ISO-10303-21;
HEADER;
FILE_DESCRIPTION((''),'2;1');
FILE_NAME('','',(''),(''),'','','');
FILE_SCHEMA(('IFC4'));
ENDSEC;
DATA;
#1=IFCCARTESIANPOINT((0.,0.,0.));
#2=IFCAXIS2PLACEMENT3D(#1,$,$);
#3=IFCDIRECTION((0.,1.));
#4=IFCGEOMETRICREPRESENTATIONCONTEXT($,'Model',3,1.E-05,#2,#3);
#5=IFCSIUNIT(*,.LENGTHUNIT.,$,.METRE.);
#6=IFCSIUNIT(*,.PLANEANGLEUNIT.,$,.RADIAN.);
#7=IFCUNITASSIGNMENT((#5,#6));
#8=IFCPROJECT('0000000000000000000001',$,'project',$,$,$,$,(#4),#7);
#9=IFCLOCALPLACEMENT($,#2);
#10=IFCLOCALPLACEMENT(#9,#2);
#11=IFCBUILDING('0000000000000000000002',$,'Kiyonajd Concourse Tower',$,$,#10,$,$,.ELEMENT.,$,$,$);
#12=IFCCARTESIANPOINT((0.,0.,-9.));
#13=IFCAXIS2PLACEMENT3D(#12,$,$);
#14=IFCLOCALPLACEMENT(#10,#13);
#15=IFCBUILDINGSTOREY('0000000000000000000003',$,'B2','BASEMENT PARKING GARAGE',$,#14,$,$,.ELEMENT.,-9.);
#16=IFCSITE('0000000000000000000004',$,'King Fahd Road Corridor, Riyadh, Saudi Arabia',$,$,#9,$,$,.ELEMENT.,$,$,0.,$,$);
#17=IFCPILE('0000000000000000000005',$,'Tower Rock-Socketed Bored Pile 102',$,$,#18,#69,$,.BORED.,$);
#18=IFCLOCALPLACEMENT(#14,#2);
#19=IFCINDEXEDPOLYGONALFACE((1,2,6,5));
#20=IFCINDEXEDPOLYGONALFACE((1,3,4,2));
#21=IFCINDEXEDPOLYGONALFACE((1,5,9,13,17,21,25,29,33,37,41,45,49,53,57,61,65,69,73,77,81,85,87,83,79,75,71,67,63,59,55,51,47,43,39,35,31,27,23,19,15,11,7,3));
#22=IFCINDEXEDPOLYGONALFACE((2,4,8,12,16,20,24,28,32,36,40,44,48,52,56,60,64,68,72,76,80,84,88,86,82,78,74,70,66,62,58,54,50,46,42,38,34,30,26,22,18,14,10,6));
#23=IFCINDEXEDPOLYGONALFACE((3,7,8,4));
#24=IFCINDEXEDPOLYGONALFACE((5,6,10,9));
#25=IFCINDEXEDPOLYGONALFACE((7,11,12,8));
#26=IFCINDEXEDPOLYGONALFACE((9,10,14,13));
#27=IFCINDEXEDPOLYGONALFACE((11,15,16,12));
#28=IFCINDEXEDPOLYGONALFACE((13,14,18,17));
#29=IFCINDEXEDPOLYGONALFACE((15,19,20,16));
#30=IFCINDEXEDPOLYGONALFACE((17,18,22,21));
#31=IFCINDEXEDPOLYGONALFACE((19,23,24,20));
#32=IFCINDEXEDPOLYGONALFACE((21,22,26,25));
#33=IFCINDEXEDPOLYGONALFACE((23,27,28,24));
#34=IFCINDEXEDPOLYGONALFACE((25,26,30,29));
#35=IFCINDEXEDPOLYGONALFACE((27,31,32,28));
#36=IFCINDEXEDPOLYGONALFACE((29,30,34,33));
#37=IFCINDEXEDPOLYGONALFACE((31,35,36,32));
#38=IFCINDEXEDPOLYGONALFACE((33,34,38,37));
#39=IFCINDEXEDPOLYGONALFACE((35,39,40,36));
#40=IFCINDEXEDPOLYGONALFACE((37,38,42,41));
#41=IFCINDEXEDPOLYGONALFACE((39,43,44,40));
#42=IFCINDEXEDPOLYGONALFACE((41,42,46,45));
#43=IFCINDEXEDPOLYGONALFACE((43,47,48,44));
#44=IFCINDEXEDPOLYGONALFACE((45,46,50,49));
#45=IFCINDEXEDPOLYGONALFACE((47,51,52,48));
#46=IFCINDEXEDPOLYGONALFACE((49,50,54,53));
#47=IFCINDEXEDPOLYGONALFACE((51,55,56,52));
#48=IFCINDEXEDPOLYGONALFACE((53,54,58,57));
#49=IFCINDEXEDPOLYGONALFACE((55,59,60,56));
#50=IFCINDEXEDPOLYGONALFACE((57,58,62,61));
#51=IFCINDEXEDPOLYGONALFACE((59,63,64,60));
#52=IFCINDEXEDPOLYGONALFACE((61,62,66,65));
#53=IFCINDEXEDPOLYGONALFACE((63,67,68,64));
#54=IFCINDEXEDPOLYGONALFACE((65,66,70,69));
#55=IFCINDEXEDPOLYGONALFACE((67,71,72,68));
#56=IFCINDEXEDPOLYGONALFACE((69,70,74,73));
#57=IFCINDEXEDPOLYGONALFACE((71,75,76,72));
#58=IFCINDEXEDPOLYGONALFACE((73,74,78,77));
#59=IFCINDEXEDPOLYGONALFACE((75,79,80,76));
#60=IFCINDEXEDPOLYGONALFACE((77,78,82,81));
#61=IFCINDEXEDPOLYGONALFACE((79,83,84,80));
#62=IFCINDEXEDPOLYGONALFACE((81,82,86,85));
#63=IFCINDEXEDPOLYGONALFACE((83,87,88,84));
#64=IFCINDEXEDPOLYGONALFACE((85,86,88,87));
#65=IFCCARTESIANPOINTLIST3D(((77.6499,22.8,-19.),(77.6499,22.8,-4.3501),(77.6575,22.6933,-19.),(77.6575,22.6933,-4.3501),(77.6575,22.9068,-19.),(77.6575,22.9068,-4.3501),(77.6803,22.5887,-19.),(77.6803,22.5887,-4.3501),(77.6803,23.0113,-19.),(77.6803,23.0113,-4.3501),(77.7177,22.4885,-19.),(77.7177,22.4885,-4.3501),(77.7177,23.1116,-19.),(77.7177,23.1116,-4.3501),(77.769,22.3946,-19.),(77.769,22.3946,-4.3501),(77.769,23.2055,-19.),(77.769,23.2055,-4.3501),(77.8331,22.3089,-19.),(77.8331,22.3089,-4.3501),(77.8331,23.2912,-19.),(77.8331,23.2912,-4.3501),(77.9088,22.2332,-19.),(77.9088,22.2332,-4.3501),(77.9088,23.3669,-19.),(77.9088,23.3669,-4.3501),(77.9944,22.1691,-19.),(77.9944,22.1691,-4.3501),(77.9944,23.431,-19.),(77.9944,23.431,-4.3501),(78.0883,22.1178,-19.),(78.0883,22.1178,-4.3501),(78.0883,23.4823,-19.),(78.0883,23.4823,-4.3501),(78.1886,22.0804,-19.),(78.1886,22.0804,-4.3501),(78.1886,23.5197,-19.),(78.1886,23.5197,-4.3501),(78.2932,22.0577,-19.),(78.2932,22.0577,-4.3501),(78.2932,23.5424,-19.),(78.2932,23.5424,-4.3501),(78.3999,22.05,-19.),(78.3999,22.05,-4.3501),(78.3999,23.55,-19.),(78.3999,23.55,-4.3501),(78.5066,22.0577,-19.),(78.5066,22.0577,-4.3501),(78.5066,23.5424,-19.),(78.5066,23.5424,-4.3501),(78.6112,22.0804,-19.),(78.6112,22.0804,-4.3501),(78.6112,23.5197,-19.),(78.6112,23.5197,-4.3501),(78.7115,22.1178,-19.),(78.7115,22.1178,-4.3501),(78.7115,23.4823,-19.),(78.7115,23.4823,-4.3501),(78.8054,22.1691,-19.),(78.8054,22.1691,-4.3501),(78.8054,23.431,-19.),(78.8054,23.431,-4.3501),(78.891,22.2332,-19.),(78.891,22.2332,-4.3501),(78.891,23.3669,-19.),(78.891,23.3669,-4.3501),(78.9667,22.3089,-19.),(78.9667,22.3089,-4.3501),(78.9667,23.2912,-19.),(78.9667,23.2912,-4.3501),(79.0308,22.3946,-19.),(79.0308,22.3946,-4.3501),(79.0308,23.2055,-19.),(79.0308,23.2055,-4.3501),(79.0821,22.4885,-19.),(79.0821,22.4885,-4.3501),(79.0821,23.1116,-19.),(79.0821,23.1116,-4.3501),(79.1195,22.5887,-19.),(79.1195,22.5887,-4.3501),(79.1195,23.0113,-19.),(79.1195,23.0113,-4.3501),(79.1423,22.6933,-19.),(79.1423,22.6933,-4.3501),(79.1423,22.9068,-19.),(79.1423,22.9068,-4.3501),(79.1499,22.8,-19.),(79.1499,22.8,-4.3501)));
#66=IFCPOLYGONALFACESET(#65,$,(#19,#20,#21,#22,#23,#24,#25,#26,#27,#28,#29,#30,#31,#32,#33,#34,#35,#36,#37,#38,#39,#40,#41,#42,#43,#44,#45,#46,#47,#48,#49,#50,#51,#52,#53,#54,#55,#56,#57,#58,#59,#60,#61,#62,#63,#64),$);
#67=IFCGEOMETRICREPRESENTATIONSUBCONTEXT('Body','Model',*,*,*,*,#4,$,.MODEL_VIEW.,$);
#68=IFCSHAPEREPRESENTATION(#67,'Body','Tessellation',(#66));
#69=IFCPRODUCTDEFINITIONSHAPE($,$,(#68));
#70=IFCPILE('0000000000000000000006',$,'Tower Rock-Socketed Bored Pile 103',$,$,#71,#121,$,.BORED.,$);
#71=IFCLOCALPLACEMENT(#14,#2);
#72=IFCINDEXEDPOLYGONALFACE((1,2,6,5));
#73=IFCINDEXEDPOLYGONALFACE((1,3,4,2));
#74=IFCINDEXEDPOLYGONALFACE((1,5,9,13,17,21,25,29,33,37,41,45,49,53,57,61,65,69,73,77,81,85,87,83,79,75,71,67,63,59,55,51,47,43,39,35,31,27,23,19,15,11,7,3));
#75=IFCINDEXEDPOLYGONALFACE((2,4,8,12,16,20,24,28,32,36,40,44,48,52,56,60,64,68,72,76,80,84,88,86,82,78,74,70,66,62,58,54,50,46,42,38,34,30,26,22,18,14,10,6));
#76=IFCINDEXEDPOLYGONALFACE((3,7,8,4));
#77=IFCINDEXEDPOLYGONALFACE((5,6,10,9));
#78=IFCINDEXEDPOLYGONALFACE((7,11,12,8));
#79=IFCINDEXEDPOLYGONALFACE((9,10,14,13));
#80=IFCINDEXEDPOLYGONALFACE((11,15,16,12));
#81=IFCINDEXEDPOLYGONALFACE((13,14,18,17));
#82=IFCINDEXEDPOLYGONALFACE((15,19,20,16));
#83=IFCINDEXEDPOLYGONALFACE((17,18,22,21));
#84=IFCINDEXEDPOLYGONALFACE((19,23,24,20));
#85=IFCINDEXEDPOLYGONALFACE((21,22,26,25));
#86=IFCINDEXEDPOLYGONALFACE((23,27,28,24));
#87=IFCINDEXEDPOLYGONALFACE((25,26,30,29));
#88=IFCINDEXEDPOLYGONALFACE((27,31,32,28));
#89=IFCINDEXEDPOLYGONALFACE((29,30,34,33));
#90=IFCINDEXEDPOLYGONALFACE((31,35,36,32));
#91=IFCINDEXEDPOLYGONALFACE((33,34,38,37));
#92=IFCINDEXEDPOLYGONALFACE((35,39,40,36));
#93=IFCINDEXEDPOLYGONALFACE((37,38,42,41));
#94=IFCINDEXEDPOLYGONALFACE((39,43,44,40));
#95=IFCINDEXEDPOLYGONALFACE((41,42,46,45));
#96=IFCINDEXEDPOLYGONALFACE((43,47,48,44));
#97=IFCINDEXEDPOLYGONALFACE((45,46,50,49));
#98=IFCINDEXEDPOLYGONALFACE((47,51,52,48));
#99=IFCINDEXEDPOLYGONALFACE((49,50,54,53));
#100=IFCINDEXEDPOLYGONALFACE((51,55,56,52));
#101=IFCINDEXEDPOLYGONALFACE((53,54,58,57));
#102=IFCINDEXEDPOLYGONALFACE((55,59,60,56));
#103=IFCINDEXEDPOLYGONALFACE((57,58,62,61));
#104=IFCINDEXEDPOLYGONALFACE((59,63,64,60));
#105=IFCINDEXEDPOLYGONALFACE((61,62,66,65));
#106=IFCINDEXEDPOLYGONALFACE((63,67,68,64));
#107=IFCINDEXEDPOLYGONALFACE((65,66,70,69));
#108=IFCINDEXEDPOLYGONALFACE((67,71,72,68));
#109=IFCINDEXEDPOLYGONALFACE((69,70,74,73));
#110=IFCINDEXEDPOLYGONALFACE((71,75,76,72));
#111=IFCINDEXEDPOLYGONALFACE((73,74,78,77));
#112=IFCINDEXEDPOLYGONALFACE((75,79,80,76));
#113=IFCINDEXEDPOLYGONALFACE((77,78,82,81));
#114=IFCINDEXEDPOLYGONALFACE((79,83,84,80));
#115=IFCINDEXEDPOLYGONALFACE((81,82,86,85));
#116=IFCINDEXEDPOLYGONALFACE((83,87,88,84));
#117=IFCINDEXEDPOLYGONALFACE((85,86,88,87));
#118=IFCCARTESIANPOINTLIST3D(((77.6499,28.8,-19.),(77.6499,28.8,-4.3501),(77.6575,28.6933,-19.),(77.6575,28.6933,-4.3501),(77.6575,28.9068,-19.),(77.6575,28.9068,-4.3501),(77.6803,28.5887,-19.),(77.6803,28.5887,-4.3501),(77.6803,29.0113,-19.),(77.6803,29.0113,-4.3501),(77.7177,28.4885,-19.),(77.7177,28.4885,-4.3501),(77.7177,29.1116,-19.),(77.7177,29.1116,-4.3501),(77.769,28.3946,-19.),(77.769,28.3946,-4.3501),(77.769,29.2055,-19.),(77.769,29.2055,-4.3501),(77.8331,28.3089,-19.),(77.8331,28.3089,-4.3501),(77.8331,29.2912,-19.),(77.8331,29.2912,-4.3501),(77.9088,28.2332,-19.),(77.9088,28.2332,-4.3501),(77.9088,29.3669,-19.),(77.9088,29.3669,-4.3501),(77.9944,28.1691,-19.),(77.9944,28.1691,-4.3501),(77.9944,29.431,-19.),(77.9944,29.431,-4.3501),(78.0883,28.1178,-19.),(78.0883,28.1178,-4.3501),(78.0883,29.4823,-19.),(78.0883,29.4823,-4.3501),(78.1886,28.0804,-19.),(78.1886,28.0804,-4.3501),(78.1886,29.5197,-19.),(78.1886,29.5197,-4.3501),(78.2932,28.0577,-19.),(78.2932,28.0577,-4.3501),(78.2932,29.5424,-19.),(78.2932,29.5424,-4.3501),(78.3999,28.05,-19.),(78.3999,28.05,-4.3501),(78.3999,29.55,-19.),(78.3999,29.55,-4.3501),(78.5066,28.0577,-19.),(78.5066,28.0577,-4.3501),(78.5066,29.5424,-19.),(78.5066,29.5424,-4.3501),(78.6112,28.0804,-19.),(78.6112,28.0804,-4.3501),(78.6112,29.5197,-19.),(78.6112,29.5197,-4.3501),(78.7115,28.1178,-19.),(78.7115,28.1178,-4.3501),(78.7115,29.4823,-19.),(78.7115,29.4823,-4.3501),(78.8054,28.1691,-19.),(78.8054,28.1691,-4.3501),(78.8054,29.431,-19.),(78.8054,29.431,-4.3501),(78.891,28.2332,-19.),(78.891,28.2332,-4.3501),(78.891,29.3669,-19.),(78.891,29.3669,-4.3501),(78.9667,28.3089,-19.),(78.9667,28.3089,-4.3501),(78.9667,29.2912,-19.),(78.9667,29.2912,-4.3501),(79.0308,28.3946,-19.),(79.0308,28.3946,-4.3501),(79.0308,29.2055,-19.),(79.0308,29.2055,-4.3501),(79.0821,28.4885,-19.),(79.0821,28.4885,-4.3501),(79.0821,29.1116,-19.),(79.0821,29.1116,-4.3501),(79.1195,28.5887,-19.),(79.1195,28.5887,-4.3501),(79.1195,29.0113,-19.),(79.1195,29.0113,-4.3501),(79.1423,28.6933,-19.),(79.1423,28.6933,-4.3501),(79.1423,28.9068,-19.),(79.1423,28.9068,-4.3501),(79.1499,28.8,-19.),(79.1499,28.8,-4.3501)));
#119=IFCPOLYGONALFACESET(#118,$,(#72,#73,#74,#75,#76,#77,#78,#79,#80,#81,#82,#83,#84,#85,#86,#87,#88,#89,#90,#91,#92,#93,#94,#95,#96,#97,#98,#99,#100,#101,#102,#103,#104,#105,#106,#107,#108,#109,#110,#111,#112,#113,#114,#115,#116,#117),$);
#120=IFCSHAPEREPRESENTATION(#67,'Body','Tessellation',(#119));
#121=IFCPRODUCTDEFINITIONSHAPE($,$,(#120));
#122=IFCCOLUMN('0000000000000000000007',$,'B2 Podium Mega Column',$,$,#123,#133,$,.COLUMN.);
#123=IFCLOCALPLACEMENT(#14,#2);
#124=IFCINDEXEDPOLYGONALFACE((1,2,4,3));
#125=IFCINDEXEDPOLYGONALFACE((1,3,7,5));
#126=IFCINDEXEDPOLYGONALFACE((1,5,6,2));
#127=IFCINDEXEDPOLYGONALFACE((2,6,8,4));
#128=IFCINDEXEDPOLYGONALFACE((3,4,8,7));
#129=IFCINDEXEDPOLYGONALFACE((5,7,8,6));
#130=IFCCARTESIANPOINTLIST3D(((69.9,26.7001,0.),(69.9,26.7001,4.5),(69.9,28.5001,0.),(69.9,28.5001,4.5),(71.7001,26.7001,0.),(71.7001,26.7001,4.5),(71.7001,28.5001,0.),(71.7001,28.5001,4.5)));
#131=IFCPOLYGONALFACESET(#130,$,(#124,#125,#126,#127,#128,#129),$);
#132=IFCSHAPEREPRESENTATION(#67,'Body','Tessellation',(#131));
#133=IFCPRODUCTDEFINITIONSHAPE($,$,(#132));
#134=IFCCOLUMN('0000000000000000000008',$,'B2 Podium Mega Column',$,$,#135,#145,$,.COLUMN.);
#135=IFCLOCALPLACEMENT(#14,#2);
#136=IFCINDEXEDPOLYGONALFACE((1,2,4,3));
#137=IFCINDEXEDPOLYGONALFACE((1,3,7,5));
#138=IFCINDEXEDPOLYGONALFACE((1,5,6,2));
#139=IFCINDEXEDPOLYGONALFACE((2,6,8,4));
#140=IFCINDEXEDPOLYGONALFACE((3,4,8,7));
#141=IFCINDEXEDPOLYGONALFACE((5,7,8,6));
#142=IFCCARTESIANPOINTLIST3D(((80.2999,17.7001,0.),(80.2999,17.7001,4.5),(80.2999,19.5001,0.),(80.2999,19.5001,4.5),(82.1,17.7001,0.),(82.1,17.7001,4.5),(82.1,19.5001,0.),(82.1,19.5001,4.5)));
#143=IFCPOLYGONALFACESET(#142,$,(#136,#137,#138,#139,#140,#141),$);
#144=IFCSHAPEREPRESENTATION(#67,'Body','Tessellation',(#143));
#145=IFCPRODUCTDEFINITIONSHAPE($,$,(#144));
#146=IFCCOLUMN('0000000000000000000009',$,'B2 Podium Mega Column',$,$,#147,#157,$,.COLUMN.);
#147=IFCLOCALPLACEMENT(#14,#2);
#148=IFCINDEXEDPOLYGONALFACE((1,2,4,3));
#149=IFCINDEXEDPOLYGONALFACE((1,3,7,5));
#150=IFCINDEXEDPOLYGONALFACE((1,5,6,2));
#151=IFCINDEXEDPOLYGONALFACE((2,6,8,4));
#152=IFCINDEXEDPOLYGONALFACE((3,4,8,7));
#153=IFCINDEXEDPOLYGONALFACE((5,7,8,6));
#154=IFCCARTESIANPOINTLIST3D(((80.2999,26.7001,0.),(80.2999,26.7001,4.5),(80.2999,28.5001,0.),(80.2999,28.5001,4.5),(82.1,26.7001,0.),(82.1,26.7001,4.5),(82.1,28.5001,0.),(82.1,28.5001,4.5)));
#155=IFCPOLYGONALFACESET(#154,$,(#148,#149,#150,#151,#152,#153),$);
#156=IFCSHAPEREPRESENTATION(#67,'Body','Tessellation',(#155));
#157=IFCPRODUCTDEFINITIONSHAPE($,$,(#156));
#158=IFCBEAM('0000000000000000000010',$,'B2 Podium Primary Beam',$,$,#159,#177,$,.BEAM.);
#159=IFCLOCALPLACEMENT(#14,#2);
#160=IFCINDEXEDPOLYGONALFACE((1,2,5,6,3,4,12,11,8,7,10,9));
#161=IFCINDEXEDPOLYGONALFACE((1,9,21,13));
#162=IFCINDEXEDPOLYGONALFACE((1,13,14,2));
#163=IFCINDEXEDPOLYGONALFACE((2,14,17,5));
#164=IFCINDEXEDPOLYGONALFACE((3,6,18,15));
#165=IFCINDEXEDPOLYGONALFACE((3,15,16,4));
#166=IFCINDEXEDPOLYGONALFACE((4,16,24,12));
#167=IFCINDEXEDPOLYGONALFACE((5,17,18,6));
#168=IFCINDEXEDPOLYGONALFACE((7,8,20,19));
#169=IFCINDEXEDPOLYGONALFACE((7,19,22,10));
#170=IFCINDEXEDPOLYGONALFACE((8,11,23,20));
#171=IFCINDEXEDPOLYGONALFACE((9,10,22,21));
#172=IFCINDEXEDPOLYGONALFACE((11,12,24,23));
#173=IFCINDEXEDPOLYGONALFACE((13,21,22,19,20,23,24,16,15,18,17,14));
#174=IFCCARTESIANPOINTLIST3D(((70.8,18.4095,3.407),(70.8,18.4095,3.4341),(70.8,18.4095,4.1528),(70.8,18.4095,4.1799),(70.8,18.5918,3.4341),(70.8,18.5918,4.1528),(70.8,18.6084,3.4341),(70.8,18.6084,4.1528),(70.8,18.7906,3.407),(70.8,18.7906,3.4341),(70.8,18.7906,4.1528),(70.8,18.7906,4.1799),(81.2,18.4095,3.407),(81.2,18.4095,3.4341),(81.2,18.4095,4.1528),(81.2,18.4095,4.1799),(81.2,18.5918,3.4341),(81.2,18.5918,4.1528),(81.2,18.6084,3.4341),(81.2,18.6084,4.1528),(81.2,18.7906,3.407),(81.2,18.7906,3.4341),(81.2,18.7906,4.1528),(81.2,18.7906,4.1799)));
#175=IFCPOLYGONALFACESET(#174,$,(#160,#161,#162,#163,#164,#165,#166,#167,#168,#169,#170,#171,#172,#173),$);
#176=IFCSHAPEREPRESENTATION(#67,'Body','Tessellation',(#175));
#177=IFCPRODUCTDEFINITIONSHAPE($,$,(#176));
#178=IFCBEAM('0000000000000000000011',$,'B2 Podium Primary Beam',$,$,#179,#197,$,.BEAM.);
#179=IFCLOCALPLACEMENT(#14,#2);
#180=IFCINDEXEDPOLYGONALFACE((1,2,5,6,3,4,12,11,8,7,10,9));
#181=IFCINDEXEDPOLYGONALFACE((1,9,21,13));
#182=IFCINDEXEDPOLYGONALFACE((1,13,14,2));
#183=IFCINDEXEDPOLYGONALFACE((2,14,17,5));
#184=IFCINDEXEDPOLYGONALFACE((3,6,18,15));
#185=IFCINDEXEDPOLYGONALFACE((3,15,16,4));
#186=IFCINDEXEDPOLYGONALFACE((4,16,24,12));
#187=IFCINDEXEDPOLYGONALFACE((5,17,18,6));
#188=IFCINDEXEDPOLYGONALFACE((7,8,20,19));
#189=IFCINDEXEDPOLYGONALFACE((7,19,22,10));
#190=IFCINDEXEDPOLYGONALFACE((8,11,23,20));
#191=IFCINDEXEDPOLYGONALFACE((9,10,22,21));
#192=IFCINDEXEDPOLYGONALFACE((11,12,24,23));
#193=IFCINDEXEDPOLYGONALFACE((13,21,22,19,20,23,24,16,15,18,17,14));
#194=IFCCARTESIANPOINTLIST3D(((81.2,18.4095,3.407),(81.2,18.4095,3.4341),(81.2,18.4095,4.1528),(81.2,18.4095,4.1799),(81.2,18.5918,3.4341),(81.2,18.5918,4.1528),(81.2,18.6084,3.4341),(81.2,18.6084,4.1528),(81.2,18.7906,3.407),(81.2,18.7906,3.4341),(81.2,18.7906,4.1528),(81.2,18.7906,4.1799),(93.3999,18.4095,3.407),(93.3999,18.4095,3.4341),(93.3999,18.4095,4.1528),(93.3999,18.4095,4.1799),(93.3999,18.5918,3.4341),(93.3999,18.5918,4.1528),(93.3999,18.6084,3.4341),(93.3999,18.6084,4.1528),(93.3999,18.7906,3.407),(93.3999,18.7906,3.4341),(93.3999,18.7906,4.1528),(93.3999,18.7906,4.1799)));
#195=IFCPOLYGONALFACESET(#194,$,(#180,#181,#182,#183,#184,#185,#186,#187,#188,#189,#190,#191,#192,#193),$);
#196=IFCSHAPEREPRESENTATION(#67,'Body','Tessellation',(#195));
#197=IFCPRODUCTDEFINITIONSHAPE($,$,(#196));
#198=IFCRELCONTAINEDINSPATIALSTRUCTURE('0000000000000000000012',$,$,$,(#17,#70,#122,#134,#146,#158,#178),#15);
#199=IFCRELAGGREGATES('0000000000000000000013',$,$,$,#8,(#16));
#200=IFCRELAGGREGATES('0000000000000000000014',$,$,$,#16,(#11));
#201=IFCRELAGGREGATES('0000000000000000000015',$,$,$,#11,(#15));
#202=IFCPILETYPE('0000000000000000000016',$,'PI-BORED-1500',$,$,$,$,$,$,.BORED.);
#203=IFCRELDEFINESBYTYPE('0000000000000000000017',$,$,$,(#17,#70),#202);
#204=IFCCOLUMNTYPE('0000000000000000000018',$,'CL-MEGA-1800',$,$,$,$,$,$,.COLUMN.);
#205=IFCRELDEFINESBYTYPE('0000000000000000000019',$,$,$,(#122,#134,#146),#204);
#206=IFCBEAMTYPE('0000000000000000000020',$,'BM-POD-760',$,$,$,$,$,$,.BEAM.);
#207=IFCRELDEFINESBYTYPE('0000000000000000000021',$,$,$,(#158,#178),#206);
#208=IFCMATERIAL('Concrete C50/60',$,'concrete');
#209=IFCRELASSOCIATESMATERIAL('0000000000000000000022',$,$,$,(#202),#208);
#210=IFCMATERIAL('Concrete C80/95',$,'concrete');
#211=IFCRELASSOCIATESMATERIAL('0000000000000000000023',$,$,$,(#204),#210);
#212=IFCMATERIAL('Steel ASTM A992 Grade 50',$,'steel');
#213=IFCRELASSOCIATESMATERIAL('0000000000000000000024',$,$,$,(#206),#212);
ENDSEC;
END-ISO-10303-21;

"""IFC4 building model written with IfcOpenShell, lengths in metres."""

from ifc_helpers import new_model, si_unit, direction, frame, origin, origin_2d, place, context, subcontext, project, spatial, rectangle, circle, i_section, extrude, material, material_profile, profile_set, type_object, element, save


model = new_model("IFC4")

# Units and contexts
model_context = context("Model", 3, precision=1e-05, world=origin(), true_north=direction((0.0, 1.0)))
body_context = subcontext(model_context, "Body", "Model", "MODEL_VIEW")
ifc_project = project(units=[si_unit("LENGTHUNIT", "METRE"), si_unit("PLANEANGLEUNIT", "RADIAN")], contexts=[model_context])

# Site, building, storey
site_placement = place(None, origin())
site = spatial("IfcSite", under=ifc_project, at=site_placement, Name="King Fahd Road Corridor, Riyadh, Saudi Arabia", CompositionType="ELEMENT", RefElevation=0.0)
building_placement = place(site_placement, origin())
building = spatial("IfcBuilding", under=site, at=building_placement, Name="Kiyonajd Concourse Tower", CompositionType="ELEMENT")
storey_placement = place(building_placement, frame((0.0, 0.0, -9.0)))
storey = spatial("IfcBuildingStorey", under=building, at=storey_placement, Name="B2", Description="BASEMENT PARKING GARAGE", CompositionType="ELEMENT", Elevation=-9.0)

# Piles
ifc_material_1 = material(Name="Concrete C50/60", Category="concrete")
ifc_material_profile_1 = material_profile(ifc_material_1, circle(Radius=0.75, at=origin_2d()), Name="PILE-D1500")
ifc_profile_set_1 = profile_set([ifc_material_profile_1], Name="Concrete C50/60")
pile_type_1 = type_object("IfcPileType", Name="PI-BORED-1500", PredefinedType="BORED", material=ifc_profile_set_1)
for number, where, z_axis, x_axis, name in (
    (1, (78.3999, 22.8, -4.3501), (0.0, 0.0, -1.0), (1.0, 0.0, 0.0), "Tower Rock-Socketed Bored Pile 102"),
    (2, (78.3999, 28.8, -4.3501), (0.0, 0.0, -1.0), (1.0, 0.0, 0.0), "Tower Rock-Socketed Bored Pile 103"),
):
    element("IfcPile", number, at=place(storey_placement, frame(where, z_axis=z_axis, x_axis=x_axis)), inside=storey, type_object=pile_type_1, Name=name, PredefinedType="BORED", context=body_context, shape_type="SweptSolid", body=[
        extrude(circle(Radius=0.75, at=origin_2d()), origin(), (0.0, 0.0, 1.0), 14.6499),
    ])

# Columns
ifc_material_2 = material(Name="Concrete C80/95", Category="concrete")
ifc_material_profile_2 = material_profile(ifc_material_2, rectangle(XDim=1.8, YDim=1.8, at=origin_2d()), Name="RC-1800x1800")
ifc_profile_set_2 = profile_set([ifc_material_profile_2], Name="Concrete C80/95")
column_type = type_object("IfcColumnType", Name="CL-MEGA-1800", PredefinedType="COLUMN", material=ifc_profile_set_2)
for number, where, z_axis, x_axis, name in (
    (3, (70.8, 27.6001, 0.0), (0.0, 0.0, 1.0), (1.0, 0.0, 0.0), "B2 Podium Mega Column"),
    (4, (81.2, 18.6001, 0.0), (0.0, 0.0, 1.0), (1.0, 0.0, 0.0), "B2 Podium Mega Column"),
    (5, (81.2, 27.6001, 0.0), (0.0, 0.0, 1.0), (1.0, 0.0, 0.0), "B2 Podium Mega Column"),
):
    element("IfcColumn", number, at=place(storey_placement, frame(where, z_axis=z_axis, x_axis=x_axis)), inside=storey, type_object=column_type, Name=name, PredefinedType="COLUMN", context=body_context, shape_type="SweptSolid", body=[
        extrude(rectangle(XDim=1.8, YDim=1.8, at=origin_2d()), origin(), (0.0, 0.0, 1.0), 4.5),
    ])

# Beams
ifc_material_3 = material(Name="Steel ASTM A992 Grade 50", Category="steel")
ifc_material_profile_3 = material_profile(ifc_material_3, i_section(OverallWidth=0.3811, OverallDepth=0.7729, WebThickness=0.0166, FlangeThickness=0.0271, at=origin_2d()), Name="W760X257")
ifc_profile_set_3 = profile_set([ifc_material_profile_3], Name="Steel ASTM A992 Grade 50")
beam_type_1 = type_object("IfcBeamType", Name="BM-POD-760", PredefinedType="BEAM", material=ifc_profile_set_3)
beam_1_placement = place(storey_placement, frame((70.8, 18.6001, 3.7935), z_axis=(1.0, 0.0, 0.0), x_axis=(0.0, 1.0, 0.0)))
element("IfcBeam", 6, at=beam_1_placement, inside=storey, type_object=beam_type_1, Name="B2 Podium Primary Beam", PredefinedType="BEAM", context=body_context, shape_type="SweptSolid", body=[
    extrude(i_section(OverallWidth=0.3811, OverallDepth=0.7729, WebThickness=0.0166, FlangeThickness=0.0271, at=origin_2d()), origin(), (0.0, 0.0, 1.0), 10.3999),
])
beam_2_placement = place(storey_placement, frame((81.2, 18.6001, 3.7935), z_axis=(1.0, 0.0, 0.0), x_axis=(0.0, 1.0, 0.0)))
element("IfcBeam", 7, at=beam_2_placement, inside=storey, type_object=beam_type_1, Name="B2 Podium Primary Beam", PredefinedType="BEAM", context=body_context, shape_type="SweptSolid", body=[
    extrude(i_section(OverallWidth=0.3811, OverallDepth=0.7729, WebThickness=0.0166, FlangeThickness=0.0271, at=origin_2d()), origin(), (0.0, 0.0, 1.0), 12.2),
])

save(model, "model.ifc")
